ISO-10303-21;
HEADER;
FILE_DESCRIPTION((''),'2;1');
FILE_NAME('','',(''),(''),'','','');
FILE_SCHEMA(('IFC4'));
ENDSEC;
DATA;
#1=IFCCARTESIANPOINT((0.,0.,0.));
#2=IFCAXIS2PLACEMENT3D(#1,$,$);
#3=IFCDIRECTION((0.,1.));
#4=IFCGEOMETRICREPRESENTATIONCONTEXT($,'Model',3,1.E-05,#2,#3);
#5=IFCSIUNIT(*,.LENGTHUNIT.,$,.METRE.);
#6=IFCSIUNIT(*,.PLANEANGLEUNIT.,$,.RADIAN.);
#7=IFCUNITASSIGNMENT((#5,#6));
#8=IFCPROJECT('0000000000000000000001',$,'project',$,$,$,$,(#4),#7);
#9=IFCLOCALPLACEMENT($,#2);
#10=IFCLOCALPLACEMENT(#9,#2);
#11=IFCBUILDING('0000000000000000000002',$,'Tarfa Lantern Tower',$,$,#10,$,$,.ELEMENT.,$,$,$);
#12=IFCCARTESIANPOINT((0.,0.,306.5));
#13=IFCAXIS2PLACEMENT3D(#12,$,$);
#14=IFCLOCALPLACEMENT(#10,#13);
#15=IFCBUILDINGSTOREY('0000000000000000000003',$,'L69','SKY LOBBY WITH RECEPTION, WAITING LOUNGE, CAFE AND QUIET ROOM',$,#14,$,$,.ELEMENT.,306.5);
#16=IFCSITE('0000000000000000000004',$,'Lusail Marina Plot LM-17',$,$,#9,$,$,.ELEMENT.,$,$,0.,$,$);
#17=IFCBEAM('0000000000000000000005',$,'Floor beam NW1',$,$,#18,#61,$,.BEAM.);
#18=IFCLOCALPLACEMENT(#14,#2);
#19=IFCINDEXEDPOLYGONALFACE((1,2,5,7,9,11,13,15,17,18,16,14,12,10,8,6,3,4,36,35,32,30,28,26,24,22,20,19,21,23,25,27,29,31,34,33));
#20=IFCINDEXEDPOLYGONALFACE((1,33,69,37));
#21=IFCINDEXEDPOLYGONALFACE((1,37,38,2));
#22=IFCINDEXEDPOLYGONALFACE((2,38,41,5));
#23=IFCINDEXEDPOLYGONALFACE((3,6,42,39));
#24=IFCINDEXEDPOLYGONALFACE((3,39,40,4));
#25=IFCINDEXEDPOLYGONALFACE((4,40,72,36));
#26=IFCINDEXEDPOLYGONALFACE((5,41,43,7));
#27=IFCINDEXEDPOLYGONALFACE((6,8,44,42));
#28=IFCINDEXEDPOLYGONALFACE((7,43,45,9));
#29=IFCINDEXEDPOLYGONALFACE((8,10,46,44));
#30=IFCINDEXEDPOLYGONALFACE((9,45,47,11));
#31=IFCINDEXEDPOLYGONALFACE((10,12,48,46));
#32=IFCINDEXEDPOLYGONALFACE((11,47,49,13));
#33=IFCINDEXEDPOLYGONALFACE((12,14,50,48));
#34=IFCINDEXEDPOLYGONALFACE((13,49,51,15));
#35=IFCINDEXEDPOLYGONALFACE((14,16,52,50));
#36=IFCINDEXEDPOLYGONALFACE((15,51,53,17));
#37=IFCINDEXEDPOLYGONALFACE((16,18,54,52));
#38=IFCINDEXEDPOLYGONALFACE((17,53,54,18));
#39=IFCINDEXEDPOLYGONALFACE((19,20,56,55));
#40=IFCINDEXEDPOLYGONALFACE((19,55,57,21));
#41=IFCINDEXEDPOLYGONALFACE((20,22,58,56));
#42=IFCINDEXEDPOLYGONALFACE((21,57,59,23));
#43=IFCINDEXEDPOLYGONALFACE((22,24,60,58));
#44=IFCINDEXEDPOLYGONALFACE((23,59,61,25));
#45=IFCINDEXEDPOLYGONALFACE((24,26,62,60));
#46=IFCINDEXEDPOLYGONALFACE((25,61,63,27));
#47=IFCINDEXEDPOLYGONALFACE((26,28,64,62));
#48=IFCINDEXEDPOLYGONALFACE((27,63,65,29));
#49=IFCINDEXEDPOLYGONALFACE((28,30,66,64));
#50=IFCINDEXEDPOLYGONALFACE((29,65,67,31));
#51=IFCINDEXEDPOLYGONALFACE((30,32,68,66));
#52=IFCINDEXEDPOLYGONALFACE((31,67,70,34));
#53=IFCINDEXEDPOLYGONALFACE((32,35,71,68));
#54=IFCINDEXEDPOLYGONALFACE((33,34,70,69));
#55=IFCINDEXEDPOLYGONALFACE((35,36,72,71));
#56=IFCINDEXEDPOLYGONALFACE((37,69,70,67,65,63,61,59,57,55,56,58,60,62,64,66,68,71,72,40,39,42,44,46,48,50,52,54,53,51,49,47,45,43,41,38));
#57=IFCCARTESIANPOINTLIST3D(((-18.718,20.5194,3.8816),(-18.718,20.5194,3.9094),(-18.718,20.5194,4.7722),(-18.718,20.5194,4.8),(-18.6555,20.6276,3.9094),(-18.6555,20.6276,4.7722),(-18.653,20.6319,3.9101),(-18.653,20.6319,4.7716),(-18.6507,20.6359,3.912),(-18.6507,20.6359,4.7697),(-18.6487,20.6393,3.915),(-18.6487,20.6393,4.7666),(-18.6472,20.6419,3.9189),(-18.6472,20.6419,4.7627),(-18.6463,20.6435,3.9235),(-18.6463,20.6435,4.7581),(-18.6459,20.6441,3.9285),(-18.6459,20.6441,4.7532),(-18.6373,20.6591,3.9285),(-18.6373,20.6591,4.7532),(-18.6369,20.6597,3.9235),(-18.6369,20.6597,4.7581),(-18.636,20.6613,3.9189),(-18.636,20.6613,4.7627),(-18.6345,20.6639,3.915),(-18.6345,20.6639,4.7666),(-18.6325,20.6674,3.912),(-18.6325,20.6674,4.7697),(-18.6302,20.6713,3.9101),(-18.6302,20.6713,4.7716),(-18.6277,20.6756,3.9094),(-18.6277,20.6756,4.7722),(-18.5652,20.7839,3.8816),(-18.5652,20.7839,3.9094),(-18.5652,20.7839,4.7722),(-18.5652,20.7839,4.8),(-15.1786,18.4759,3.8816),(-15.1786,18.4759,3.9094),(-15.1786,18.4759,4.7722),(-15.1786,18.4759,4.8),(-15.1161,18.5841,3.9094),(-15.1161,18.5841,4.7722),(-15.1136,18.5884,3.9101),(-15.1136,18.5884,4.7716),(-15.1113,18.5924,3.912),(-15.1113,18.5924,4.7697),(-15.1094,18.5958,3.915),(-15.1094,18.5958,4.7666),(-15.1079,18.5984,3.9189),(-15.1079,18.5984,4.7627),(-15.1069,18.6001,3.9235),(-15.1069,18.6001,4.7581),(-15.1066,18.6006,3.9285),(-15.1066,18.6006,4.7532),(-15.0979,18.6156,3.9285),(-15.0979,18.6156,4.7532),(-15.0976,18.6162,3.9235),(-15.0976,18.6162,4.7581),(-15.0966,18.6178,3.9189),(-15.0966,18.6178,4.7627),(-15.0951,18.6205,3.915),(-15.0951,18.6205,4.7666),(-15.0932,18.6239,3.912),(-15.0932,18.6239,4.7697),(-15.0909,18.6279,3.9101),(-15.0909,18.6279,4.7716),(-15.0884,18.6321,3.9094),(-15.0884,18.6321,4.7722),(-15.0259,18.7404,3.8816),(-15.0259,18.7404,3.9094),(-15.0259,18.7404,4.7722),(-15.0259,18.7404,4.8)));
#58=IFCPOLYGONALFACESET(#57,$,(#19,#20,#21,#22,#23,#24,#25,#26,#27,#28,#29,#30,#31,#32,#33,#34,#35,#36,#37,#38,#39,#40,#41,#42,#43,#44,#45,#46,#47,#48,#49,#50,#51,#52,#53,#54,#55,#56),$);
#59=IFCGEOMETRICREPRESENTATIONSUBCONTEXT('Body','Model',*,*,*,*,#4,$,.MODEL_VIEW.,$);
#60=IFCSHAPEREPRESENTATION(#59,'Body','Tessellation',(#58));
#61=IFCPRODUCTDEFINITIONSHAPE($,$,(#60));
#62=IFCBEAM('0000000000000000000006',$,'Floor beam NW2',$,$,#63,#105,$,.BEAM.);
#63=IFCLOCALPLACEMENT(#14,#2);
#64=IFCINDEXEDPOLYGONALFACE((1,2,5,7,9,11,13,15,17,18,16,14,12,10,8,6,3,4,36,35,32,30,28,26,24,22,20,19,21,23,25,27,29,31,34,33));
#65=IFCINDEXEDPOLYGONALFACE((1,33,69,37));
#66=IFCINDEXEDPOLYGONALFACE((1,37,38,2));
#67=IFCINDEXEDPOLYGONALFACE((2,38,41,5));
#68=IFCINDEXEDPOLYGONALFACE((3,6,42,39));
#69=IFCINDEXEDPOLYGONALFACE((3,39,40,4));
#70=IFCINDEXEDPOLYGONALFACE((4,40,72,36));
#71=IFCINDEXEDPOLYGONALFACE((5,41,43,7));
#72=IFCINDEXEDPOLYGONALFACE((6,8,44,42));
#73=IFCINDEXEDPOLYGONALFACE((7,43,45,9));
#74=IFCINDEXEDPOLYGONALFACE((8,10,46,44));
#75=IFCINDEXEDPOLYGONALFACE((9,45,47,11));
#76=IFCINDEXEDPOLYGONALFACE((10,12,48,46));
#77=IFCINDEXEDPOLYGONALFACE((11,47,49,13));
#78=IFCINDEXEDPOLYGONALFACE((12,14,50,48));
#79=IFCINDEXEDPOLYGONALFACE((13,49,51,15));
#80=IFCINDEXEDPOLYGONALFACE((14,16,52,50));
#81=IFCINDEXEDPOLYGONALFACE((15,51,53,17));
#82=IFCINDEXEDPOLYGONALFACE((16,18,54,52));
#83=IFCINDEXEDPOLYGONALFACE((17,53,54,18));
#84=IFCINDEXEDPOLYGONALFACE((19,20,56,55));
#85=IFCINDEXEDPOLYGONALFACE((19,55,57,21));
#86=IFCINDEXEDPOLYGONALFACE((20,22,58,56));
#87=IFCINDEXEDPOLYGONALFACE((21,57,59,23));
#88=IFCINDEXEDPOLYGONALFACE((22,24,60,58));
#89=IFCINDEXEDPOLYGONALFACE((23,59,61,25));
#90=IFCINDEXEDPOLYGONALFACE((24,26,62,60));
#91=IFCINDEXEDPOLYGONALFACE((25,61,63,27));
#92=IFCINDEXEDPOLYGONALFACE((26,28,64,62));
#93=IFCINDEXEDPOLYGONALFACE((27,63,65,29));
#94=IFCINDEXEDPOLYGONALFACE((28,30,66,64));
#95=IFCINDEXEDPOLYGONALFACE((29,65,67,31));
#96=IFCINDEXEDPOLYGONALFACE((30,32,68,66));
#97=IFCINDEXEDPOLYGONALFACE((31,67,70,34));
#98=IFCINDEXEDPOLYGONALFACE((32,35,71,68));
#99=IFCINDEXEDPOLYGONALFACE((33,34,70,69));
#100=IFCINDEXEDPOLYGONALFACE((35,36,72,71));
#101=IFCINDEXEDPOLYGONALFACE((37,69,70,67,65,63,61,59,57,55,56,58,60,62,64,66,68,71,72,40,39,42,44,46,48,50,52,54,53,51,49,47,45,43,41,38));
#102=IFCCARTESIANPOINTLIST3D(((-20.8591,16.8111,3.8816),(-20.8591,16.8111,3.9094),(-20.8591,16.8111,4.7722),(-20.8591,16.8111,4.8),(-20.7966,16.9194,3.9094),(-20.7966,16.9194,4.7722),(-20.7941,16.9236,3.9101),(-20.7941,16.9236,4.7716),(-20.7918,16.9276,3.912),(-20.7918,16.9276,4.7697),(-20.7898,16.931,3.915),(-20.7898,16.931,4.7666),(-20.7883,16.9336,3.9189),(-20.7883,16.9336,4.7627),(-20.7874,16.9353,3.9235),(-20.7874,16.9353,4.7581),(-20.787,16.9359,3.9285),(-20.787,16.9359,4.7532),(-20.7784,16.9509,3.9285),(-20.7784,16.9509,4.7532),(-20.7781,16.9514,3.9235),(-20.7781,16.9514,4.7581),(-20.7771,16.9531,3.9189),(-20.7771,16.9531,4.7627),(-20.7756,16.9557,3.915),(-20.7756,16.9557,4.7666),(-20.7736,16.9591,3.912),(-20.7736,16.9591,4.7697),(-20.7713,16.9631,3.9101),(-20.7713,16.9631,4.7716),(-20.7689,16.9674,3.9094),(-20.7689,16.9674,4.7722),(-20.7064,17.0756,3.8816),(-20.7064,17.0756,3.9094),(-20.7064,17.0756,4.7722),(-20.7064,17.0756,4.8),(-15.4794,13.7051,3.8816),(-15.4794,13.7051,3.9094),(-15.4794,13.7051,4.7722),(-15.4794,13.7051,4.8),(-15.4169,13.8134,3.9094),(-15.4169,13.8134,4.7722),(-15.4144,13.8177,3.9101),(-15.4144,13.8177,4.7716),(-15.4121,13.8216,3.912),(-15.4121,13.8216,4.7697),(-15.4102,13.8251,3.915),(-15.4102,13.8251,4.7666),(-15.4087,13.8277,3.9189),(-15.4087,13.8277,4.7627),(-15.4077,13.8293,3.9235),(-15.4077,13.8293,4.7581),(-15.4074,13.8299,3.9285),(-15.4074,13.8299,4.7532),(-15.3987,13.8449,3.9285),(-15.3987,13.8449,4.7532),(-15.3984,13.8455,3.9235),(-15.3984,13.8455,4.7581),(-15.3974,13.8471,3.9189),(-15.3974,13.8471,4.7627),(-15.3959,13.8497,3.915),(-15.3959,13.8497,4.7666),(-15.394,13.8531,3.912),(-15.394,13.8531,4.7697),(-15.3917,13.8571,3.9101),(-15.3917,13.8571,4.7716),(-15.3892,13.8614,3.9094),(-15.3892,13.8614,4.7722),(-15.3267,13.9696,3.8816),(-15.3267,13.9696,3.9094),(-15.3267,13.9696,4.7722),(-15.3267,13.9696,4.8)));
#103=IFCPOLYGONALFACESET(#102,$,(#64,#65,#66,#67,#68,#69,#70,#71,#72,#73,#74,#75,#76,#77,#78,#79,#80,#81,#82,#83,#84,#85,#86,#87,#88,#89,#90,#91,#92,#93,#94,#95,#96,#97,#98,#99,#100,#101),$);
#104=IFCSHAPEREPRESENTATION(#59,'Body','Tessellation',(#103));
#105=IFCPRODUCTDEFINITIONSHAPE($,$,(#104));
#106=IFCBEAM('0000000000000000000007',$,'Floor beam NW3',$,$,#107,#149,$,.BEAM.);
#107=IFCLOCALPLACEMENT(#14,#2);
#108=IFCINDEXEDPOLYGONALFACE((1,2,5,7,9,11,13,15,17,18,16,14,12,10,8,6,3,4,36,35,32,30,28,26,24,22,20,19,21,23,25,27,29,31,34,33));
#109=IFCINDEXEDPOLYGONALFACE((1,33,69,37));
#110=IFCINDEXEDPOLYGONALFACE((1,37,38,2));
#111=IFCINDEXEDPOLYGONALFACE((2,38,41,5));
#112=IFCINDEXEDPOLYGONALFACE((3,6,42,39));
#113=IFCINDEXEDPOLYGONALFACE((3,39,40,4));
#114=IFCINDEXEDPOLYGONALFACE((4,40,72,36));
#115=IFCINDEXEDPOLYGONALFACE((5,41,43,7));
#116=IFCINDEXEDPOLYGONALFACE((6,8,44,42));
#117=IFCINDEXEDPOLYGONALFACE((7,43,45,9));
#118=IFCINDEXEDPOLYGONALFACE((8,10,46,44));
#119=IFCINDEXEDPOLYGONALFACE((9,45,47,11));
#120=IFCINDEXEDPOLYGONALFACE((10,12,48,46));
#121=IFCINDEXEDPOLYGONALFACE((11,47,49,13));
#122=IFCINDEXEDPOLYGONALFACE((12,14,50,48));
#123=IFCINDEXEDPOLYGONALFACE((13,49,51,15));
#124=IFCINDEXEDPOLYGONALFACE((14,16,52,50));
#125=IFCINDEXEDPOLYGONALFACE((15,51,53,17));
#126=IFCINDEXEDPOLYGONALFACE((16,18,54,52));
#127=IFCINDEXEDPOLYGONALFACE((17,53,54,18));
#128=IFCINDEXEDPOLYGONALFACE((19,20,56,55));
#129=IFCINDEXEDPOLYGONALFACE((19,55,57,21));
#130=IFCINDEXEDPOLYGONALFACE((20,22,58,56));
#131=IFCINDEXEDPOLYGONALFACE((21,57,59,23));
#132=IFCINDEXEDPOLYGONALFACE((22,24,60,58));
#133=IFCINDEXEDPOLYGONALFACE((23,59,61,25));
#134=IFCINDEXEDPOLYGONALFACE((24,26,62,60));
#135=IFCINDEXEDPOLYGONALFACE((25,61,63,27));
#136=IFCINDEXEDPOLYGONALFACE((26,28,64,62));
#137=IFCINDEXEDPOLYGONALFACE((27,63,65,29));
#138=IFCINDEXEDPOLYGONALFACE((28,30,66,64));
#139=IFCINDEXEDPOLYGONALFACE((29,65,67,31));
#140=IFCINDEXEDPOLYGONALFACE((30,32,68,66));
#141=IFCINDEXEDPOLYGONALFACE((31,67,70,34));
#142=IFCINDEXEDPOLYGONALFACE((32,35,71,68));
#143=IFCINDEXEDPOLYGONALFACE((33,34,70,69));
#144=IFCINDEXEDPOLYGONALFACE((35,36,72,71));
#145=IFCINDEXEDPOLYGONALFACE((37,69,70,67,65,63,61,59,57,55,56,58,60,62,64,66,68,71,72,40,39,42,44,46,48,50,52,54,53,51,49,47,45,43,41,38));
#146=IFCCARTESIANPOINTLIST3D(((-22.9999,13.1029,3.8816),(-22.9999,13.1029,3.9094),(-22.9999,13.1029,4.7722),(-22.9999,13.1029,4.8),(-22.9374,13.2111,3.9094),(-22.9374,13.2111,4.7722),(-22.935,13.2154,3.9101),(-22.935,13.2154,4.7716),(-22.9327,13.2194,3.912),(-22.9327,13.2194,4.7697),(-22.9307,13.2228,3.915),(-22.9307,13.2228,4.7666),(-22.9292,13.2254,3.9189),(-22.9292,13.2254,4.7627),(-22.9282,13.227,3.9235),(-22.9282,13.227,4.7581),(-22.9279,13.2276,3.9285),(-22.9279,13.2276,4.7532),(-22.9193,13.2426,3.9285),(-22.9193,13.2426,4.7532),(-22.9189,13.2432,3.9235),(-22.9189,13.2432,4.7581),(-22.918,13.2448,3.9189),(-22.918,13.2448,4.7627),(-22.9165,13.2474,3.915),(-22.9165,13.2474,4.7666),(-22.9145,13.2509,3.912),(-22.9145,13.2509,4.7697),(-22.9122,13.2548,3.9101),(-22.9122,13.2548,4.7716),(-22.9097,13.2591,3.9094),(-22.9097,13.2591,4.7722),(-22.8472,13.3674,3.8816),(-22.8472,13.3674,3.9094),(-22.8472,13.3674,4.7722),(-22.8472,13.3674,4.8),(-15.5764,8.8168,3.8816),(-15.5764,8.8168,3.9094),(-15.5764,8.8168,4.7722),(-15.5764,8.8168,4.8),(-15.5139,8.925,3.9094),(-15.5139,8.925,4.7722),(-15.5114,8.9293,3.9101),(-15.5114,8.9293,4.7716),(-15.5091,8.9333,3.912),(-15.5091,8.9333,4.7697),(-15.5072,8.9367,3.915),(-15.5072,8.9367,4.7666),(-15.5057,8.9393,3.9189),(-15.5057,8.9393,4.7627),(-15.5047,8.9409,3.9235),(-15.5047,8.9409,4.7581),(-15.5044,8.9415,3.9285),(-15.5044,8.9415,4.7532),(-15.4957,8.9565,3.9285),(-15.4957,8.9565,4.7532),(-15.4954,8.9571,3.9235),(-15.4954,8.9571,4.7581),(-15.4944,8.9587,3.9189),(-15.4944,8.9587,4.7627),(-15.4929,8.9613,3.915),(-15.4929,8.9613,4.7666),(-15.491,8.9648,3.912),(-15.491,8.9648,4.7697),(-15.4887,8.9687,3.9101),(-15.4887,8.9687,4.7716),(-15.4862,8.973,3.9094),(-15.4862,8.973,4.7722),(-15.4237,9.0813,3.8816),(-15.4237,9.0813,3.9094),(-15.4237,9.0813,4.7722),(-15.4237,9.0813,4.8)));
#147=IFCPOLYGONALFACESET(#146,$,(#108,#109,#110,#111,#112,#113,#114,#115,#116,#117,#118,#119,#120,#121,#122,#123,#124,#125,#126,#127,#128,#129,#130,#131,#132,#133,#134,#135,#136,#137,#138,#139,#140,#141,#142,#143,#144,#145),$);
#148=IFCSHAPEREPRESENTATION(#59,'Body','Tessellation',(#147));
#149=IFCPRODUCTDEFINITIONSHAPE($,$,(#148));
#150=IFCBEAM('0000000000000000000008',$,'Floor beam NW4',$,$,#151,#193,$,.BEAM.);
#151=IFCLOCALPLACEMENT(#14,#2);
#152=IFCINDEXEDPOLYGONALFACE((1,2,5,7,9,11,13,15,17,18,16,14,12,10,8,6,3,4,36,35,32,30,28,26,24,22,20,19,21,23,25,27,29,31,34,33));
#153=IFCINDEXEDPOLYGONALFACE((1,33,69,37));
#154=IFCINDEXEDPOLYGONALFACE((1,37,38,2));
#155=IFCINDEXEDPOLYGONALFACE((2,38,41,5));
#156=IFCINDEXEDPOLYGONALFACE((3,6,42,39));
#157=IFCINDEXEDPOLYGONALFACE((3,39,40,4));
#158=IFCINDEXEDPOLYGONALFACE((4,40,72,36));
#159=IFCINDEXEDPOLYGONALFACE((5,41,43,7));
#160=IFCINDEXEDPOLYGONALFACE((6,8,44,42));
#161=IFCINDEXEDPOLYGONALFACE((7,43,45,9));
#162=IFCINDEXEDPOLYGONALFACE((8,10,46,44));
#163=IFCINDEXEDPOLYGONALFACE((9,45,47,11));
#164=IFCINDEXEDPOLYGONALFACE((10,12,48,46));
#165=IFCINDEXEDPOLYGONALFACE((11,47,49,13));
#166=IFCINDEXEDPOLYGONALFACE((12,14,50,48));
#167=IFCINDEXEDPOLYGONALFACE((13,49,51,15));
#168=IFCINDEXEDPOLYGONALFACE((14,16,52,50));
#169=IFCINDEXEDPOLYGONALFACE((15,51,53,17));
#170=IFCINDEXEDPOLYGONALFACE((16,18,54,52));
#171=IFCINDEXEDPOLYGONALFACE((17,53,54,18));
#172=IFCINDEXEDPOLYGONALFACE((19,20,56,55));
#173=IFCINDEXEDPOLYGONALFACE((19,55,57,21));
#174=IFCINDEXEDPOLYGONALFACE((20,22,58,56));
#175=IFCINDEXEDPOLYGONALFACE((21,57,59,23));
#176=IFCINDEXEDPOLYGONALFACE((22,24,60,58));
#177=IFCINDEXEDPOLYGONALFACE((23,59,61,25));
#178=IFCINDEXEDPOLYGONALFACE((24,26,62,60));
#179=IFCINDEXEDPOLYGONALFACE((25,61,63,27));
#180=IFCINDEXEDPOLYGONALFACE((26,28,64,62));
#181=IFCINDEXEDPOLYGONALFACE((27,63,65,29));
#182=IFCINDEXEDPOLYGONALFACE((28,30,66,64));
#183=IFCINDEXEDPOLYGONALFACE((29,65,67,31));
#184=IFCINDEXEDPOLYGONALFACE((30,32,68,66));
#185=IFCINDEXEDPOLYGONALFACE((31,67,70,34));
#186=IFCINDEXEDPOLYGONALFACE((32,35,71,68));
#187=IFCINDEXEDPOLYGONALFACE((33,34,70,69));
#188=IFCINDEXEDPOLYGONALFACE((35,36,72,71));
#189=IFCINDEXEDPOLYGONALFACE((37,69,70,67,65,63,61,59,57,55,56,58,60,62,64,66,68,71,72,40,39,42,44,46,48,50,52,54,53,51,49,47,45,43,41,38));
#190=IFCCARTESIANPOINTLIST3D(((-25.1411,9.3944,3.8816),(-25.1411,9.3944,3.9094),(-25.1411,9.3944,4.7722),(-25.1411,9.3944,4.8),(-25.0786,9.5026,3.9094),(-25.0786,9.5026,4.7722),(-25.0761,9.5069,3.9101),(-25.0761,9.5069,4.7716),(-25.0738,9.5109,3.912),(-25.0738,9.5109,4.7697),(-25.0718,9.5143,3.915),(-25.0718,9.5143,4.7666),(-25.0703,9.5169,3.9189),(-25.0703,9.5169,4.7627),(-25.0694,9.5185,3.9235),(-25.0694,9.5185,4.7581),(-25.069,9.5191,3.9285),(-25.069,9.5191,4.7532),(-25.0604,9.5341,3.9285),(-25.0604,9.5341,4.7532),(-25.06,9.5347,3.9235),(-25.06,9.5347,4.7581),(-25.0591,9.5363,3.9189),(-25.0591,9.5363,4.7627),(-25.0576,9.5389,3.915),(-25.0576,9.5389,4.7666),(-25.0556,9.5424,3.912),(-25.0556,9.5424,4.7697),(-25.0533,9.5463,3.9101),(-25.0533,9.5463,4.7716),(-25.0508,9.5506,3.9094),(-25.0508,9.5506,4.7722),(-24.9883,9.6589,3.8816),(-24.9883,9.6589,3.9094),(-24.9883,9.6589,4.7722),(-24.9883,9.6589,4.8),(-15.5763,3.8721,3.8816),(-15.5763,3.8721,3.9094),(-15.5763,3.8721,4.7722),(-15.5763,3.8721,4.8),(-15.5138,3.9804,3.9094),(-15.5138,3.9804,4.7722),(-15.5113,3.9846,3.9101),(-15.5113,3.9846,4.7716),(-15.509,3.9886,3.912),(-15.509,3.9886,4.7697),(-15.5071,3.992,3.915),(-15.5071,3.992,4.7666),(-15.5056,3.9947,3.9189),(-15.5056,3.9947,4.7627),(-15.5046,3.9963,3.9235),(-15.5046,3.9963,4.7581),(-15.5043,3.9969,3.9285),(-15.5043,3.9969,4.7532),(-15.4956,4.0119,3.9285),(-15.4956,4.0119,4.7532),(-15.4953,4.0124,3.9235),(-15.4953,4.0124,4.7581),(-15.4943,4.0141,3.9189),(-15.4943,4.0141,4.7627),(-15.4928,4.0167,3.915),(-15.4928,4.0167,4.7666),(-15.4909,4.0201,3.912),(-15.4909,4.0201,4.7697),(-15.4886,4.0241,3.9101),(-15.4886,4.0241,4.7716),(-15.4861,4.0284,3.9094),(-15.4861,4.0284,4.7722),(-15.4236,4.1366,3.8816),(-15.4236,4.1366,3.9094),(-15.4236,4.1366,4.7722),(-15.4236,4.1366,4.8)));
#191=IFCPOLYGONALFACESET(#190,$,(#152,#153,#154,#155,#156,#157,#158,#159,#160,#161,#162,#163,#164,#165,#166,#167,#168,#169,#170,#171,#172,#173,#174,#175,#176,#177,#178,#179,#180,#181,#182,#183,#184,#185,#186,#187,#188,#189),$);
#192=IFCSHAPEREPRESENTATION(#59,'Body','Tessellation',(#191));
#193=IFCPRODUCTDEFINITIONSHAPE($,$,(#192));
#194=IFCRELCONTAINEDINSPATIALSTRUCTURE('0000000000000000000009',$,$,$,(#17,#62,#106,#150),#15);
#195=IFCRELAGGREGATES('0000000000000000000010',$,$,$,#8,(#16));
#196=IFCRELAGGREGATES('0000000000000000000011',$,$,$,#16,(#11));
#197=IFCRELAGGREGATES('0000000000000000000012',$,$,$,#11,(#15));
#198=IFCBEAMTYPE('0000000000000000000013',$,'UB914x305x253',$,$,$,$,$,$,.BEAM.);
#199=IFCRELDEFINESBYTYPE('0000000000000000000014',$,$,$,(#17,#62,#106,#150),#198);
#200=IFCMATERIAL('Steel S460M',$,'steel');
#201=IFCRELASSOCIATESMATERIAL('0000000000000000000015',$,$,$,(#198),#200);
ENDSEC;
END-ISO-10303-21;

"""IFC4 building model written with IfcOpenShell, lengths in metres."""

from ifc_helpers import new_model, si_unit, direction, frame, origin, origin_2d, place, context, subcontext, project, spatial, i_section, extrude, material, material_profile, profile_set, type_object, element, save


model = new_model("IFC4")

# Units and contexts
model_context = context("Model", 3, precision=1e-05, world=origin(), true_north=direction((0.0, 1.0)))
body_context = subcontext(model_context, "Body", "Model", "MODEL_VIEW")
ifc_project = project(units=[si_unit("LENGTHUNIT", "METRE"), si_unit("PLANEANGLEUNIT", "RADIAN")], contexts=[model_context])

# Site, building, storey
site_placement = place(None, origin())
site = spatial("IfcSite", under=ifc_project, at=site_placement, Name="Lusail Marina Plot LM-17", CompositionType="ELEMENT", RefElevation=0.0)
building_placement = place(site_placement, origin())
building = spatial("IfcBuilding", under=site, at=building_placement, Name="Tarfa Lantern Tower", CompositionType="ELEMENT")
storey_placement = place(building_placement, frame((0.0, 0.0, 306.5)))
storey = spatial("IfcBuildingStorey", under=building, at=storey_placement, Name="L69", Description="SKY LOBBY WITH RECEPTION, WAITING LOUNGE, CAFE AND QUIET ROOM", CompositionType="ELEMENT", Elevation=306.5)

# Shared definitions
ifc_material_1 = material(Name="Steel S460M", Category="steel")

# Beams
ifc_material_profile_1 = material_profile(ifc_material_1, i_section(OverallWidth=0.3054, OverallDepth=0.9185, WebThickness=0.0173, FlangeThickness=0.0278, FilletRadius=0.019, at=origin_2d()), Name="UB914x305x253")
ifc_profile_set_1 = profile_set([ifc_material_profile_1], Name="Steel S460M")
beam_type_1 = type_object("IfcBeamType", Name="UB914x305x253", PredefinedType="BEAM", material=ifc_profile_set_1)
beam_1_placement = place(storey_placement, frame((-18.6416, 20.6516, 4.3408), z_axis=(0.866021, -0.500007, 0.0), x_axis=(0.500007, 0.866021, 0.0)))
element("IfcBeam", 1, at=beam_1_placement, inside=storey, type_object=beam_type_1, Name="Floor beam NW1", PredefinedType="BEAM", context=body_context, shape_type="SweptSolid", body=[
    extrude(i_section(OverallWidth=0.3054, OverallDepth=0.9185, WebThickness=0.0173, FlangeThickness=0.0278, FilletRadius=0.019, at=origin_2d()), origin(), (0.0, 0.0, 1.0), 4.0869),
])
beam_2_placement = place(storey_placement, frame((-20.7827, 16.9434, 4.3408), z_axis=(0.866024, -0.500003, 0.0), x_axis=(0.500003, 0.866024, 0.0)))
element("IfcBeam", 2, at=beam_2_placement, inside=storey, type_object=beam_type_1, Name="Floor beam NW2", PredefinedType="BEAM", context=body_context, shape_type="SweptSolid", body=[
    extrude(i_section(OverallWidth=0.3054, OverallDepth=0.9185, WebThickness=0.0173, FlangeThickness=0.0278, FilletRadius=0.019, at=origin_2d()), origin(), (0.0, 0.0, 1.0), 6.2119),
])
beam_3_placement = place(storey_placement, frame((-22.9236, 13.2351, 4.3408), z_axis=(0.866019, -0.500011, 0.0), x_axis=(0.500011, 0.866019, 0.0)))
element("IfcBeam", 3, at=beam_3_placement, inside=storey, type_object=beam_type_1, Name="Floor beam NW3", PredefinedType="BEAM", context=body_context, shape_type="SweptSolid", body=[
    extrude(i_section(OverallWidth=0.3054, OverallDepth=0.9185, WebThickness=0.0173, FlangeThickness=0.0278, FilletRadius=0.019, at=origin_2d()), origin(), (0.0, 0.0, 1.0), 8.572),
])
beam_4_placement = place(storey_placement, frame((-25.0647, 9.5266, 4.3408), z_axis=(0.866024, -0.500002, 0.0), x_axis=(0.500002, 0.866024, 0.0)))
element("IfcBeam", 4, at=beam_4_placement, inside=storey, type_object=beam_type_1, Name="Floor beam NW4", PredefinedType="BEAM", context=body_context, shape_type="SweptSolid", body=[
    extrude(i_section(OverallWidth=0.3054, OverallDepth=0.9185, WebThickness=0.0173, FlangeThickness=0.0278, FilletRadius=0.019, at=origin_2d()), origin(), (0.0, 0.0, 1.0), 11.0444),
])

save(model, "model.ifc")
